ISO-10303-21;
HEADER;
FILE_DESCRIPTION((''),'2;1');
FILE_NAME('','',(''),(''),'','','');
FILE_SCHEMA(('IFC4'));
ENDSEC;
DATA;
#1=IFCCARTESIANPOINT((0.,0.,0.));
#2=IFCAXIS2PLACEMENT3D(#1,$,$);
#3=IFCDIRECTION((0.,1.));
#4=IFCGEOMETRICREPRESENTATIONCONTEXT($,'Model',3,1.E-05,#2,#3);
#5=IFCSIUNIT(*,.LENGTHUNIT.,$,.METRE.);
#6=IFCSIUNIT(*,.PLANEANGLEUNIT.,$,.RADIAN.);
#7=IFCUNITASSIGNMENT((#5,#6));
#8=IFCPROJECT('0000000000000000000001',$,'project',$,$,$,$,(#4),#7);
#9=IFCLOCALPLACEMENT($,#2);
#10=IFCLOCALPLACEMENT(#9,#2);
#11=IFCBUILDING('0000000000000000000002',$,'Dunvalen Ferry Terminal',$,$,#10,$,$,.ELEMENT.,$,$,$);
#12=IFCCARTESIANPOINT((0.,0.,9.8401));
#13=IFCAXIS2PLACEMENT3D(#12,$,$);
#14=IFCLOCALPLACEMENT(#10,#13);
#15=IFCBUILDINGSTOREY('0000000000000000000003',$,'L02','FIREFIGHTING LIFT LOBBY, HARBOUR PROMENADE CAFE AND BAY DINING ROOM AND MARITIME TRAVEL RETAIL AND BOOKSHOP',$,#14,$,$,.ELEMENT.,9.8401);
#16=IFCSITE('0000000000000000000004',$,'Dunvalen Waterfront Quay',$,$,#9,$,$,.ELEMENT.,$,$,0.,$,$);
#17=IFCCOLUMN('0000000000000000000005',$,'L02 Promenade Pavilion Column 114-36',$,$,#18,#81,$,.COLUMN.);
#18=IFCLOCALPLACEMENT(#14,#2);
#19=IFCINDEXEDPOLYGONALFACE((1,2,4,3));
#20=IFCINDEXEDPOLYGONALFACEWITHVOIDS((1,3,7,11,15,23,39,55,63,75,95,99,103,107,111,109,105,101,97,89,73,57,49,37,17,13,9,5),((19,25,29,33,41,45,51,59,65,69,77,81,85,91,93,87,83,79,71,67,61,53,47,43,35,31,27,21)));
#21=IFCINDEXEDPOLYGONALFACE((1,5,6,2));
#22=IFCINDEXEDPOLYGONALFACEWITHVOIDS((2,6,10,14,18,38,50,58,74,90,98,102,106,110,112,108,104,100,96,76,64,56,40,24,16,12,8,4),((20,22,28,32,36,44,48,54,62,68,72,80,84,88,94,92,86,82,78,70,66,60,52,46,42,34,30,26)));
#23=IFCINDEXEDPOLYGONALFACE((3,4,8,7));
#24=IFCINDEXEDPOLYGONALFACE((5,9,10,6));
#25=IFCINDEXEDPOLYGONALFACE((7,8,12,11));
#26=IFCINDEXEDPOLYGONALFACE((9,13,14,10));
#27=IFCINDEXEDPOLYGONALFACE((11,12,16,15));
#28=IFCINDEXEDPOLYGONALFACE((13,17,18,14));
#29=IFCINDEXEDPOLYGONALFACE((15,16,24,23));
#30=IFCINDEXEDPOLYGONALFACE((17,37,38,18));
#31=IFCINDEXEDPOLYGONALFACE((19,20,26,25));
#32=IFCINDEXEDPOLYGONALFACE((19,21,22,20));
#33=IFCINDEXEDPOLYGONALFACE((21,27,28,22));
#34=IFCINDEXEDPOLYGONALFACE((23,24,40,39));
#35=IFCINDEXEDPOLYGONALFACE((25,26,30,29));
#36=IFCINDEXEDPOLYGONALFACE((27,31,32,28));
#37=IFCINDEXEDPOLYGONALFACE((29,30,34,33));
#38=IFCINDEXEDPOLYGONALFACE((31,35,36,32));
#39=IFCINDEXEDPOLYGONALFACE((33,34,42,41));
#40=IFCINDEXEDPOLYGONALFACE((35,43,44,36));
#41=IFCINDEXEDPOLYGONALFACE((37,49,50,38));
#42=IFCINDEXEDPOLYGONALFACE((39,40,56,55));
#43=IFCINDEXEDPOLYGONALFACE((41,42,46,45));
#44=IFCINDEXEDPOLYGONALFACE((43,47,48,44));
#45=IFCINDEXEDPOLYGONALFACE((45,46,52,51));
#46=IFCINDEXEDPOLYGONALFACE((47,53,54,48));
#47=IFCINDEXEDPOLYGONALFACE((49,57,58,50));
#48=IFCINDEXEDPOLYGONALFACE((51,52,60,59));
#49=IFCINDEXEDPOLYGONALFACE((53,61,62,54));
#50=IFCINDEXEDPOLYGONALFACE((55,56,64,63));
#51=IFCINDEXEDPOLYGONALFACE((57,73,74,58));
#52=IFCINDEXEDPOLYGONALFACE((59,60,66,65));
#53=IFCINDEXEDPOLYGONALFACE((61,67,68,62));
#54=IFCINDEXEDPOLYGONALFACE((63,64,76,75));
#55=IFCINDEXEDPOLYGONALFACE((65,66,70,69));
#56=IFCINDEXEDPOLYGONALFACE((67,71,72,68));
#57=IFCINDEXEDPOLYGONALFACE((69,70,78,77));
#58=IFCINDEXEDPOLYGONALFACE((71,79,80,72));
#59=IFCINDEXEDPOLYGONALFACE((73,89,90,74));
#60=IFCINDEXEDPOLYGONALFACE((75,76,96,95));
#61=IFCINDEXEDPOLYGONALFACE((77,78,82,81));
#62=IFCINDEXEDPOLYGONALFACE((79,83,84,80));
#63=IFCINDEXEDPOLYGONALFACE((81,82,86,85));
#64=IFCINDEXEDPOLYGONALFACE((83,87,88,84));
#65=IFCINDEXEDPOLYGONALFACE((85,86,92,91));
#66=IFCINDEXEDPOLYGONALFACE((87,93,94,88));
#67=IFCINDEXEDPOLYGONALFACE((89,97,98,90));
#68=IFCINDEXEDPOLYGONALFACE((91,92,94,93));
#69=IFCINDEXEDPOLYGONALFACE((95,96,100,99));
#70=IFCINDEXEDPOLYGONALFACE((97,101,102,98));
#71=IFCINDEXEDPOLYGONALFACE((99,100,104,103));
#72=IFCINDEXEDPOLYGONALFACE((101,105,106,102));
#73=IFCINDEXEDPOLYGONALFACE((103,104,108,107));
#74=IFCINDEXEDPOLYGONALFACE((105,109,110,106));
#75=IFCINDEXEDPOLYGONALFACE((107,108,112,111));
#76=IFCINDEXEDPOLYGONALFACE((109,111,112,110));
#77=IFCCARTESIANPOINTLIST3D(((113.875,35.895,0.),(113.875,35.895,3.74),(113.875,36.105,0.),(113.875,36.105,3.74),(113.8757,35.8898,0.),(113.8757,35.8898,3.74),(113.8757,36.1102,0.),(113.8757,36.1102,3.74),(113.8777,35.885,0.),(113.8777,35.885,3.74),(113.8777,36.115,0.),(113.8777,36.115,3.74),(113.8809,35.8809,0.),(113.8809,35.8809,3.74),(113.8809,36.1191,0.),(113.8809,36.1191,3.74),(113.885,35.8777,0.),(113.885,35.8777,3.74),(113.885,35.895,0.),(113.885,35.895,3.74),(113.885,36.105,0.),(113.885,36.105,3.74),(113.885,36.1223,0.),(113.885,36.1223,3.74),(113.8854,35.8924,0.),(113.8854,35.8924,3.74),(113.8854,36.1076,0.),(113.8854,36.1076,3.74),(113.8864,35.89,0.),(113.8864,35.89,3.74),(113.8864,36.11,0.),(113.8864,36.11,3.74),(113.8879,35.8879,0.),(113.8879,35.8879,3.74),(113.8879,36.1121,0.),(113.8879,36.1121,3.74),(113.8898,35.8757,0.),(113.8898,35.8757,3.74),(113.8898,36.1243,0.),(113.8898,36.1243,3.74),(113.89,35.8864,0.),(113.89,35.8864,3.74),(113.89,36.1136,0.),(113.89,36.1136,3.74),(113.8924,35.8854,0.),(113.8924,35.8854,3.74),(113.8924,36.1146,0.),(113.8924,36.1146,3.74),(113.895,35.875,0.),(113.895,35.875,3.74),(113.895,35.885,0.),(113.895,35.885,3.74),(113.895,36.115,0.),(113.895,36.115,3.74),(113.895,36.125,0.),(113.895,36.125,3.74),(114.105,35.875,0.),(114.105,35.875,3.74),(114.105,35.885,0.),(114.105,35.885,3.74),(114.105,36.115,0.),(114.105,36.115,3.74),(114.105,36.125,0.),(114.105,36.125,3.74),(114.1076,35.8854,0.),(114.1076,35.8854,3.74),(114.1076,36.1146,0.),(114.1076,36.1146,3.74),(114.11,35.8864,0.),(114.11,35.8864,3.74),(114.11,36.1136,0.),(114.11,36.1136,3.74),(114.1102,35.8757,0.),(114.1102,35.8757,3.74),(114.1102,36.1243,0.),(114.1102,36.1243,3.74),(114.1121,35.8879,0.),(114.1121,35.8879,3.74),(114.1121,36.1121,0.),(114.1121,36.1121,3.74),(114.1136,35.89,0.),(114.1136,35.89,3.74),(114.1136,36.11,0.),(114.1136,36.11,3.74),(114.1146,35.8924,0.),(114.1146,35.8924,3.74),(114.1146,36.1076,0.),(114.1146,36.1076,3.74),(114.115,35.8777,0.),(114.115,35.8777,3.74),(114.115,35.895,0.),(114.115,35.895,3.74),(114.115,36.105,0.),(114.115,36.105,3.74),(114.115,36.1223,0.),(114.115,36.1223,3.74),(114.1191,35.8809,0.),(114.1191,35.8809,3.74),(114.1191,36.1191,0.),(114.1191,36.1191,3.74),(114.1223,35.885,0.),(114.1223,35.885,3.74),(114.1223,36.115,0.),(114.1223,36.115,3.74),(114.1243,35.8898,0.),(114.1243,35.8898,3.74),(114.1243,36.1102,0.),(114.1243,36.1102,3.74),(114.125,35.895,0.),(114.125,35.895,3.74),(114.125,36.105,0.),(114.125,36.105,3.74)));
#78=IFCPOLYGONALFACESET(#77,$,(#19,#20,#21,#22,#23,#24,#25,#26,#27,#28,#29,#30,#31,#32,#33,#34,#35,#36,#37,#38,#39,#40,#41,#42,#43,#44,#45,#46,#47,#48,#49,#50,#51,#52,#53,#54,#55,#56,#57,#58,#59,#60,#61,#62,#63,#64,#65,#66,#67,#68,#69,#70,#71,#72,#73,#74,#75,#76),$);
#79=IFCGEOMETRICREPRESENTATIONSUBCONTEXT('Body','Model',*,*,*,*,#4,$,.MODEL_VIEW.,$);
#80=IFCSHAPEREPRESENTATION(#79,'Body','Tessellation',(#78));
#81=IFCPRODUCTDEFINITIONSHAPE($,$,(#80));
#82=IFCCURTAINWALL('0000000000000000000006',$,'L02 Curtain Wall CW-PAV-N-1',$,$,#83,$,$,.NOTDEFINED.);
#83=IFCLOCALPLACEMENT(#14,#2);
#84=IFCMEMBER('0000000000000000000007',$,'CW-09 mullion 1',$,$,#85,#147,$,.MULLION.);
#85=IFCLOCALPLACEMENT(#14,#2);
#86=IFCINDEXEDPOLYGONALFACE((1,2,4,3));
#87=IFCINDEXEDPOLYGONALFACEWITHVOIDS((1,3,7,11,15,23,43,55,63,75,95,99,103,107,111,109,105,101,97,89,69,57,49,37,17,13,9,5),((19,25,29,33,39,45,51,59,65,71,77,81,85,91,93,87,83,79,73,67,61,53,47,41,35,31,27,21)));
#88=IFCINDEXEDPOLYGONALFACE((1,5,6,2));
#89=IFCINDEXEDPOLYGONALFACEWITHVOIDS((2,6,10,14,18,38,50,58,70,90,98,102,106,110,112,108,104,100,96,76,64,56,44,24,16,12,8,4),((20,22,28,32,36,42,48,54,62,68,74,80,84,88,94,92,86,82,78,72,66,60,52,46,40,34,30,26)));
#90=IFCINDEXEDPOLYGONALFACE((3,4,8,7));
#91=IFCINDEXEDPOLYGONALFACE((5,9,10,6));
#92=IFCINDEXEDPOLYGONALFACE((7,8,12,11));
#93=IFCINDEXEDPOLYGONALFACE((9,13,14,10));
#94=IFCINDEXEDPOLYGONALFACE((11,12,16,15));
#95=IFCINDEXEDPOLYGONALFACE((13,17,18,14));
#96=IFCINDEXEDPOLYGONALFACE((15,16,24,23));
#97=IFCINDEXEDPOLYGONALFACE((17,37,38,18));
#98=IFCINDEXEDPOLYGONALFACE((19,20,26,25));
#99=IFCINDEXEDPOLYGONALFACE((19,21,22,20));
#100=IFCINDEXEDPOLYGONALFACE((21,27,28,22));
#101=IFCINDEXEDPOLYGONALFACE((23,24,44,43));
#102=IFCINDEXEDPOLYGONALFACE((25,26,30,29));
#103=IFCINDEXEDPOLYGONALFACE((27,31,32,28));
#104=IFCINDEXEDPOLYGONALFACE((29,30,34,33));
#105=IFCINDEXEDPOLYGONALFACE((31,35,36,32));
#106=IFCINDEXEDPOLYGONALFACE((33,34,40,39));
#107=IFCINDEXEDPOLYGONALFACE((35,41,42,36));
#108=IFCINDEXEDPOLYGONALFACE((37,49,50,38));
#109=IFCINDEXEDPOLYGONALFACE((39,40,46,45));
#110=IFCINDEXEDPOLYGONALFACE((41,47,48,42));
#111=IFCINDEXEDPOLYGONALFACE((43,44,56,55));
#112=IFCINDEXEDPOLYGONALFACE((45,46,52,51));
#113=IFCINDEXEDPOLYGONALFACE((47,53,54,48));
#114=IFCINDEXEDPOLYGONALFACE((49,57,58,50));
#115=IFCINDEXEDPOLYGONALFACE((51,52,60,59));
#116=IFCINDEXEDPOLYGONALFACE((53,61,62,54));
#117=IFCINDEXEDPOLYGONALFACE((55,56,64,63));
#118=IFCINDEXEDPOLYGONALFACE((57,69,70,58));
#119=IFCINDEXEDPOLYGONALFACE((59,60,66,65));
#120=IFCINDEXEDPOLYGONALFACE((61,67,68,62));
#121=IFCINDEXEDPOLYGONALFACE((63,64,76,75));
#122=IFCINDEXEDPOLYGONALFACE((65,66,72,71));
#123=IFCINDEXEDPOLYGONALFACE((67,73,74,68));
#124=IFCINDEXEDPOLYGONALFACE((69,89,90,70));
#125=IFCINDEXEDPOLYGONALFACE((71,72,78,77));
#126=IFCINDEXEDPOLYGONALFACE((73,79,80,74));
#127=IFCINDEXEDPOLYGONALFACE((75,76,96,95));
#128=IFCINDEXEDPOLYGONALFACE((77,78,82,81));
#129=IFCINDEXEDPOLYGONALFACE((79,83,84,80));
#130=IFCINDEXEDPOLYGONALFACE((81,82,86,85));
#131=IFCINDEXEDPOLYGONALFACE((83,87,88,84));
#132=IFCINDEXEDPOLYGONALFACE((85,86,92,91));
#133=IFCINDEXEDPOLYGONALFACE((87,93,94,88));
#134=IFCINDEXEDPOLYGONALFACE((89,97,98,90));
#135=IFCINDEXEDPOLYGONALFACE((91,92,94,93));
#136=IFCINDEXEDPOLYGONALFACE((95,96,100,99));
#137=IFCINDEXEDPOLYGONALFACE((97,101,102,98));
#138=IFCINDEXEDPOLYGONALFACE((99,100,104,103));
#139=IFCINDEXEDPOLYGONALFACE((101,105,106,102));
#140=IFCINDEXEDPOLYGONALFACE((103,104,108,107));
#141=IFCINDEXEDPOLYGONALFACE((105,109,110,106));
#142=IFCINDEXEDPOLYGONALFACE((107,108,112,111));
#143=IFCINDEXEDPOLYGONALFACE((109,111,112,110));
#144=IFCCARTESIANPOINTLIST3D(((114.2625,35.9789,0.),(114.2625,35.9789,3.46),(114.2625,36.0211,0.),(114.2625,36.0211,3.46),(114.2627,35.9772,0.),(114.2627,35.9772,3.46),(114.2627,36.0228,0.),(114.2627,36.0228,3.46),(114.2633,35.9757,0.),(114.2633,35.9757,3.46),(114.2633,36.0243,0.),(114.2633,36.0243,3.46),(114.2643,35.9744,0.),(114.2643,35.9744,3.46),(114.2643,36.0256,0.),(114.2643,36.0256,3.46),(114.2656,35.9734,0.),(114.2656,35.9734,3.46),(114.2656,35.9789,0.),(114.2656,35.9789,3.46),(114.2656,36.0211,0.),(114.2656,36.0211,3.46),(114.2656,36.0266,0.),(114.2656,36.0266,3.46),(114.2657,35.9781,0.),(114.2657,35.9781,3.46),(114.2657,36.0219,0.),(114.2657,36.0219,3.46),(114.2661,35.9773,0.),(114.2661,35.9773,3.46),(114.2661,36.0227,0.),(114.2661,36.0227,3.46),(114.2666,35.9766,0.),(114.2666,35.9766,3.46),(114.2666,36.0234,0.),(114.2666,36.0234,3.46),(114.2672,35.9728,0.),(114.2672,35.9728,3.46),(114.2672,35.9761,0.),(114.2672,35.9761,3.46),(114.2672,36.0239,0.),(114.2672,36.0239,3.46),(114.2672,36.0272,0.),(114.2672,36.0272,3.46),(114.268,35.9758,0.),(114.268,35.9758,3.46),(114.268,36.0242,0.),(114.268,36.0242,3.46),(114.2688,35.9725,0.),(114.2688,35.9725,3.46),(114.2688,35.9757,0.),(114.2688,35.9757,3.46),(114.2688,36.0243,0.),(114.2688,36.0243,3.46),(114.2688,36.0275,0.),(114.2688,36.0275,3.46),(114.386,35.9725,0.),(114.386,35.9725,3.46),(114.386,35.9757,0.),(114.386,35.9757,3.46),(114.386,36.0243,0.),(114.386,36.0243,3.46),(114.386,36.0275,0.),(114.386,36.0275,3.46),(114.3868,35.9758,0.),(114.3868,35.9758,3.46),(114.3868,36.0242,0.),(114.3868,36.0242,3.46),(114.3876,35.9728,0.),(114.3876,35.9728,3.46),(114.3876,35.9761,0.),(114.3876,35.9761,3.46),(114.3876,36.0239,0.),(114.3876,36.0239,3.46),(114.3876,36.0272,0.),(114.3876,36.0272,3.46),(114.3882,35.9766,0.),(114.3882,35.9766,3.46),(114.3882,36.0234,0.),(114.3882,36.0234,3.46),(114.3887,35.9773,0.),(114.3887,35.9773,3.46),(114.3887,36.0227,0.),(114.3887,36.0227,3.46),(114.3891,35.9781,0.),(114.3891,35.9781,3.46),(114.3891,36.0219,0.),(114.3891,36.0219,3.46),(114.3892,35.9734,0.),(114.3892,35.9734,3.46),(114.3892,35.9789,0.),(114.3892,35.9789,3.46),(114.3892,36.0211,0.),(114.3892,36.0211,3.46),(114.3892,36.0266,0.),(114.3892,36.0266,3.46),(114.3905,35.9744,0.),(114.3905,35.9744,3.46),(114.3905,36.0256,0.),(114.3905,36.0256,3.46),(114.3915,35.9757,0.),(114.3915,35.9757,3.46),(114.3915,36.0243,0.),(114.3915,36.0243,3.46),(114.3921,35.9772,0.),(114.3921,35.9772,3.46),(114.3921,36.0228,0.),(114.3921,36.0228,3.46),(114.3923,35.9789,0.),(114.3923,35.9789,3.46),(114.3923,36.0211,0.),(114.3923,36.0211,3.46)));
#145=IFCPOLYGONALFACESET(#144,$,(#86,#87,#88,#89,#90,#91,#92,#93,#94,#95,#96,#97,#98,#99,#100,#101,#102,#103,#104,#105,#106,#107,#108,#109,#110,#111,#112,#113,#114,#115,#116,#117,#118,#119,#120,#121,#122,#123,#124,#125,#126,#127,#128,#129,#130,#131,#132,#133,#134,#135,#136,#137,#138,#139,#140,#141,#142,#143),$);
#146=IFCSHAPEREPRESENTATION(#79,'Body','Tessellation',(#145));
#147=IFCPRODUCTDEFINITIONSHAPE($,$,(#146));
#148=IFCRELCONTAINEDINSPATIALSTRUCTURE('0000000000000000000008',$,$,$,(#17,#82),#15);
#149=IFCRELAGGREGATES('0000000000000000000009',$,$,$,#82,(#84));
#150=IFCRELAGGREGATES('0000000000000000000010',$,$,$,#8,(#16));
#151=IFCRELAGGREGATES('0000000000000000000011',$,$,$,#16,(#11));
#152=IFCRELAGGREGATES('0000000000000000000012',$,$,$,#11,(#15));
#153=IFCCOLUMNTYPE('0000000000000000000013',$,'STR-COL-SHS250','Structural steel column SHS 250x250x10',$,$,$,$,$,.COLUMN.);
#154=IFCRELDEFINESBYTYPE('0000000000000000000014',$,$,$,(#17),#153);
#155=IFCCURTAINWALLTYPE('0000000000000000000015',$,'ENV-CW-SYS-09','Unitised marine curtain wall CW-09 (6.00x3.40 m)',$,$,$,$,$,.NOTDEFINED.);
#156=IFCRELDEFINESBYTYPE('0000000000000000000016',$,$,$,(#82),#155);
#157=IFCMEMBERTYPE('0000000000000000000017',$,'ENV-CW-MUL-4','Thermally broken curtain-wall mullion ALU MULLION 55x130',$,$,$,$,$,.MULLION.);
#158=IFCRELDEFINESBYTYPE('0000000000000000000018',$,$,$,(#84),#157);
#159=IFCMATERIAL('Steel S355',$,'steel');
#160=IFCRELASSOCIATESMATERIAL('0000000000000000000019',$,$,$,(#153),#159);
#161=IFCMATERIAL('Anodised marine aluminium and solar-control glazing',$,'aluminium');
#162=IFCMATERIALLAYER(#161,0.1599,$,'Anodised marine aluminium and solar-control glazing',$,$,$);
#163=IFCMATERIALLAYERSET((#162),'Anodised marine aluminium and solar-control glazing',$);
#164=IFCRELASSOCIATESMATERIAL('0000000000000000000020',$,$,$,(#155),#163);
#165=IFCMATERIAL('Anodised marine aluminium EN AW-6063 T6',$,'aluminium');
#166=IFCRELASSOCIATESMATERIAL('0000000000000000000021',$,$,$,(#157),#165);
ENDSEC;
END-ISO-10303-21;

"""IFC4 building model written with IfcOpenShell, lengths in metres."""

from ifc_helpers import new_model, si_unit, direction, frame, origin, origin_2d, place, context, subcontext, project, spatial, hollow_rectangle, extrude, material, layer, layer_set, material_profile, profile_set, type_object, element, aggregate, save


model = new_model("IFC4")

# Units and contexts
model_context = context("Model", 3, precision=1e-05, world=origin(), true_north=direction((0.0, 1.0)))
body_context = subcontext(model_context, "Body", "Model", "MODEL_VIEW")
ifc_project = project(units=[si_unit("LENGTHUNIT", "METRE"), si_unit("PLANEANGLEUNIT", "RADIAN")], contexts=[model_context])

# Site, building, storey
site_placement = place(None, origin())
site = spatial("IfcSite", under=ifc_project, at=site_placement, Name="Dunvalen Waterfront Quay", CompositionType="ELEMENT", RefElevation=0.0)
building_placement = place(site_placement, origin())
building = spatial("IfcBuilding", under=site, at=building_placement, Name="Dunvalen Ferry Terminal", CompositionType="ELEMENT")
storey_placement = place(building_placement, frame((0.0, 0.0, 9.8401)))
storey = spatial("IfcBuildingStorey", under=building, at=storey_placement, Name="L02", Description="FIREFIGHTING LIFT LOBBY, HARBOUR PROMENADE CAFE AND BAY DINING ROOM AND MARITIME TRAVEL RETAIL AND BOOKSHOP", CompositionType="ELEMENT", Elevation=9.8401)

# Column
ifc_material_1 = material(Name="Steel S355", Category="steel")
ifc_material_profile_1 = material_profile(ifc_material_1, hollow_rectangle(XDim=0.25, YDim=0.25, WallThickness=0.01, InnerFilletRadius=0.01, OuterFilletRadius=0.02, at=origin_2d()), Name="Steel S355")
ifc_profile_set_1 = profile_set([ifc_material_profile_1], Name="Steel S355")
column_type = type_object("IfcColumnType", Name="STR-COL-SHS250", Description="Structural steel column SHS 250x250x10", PredefinedType="COLUMN", material=ifc_profile_set_1)
column_placement = place(storey_placement, frame((114.0, 36.0, 0.0), z_axis=(0.0, 0.0, 1.0), x_axis=(1.0, 0.0, 0.0)))
element("IfcColumn", 1, at=column_placement, inside=storey, type_object=column_type, Name="L02 Promenade Pavilion Column 114-36", PredefinedType="COLUMN", context=body_context, shape_type="SweptSolid", body=[
    extrude(hollow_rectangle(XDim=0.25, YDim=0.25, WallThickness=0.01, InnerFilletRadius=0.01, OuterFilletRadius=0.02, at=origin_2d()), origin(), (0.0, 0.0, 1.0), 3.74),
])

# Curtain wall, member
ifc_material_2 = material(Name="Anodised marine aluminium and solar-control glazing", Category="aluminium")
ifc_layer_1 = layer(ifc_material_2, 0.1599, Name="Anodised marine aluminium and solar-control glazing")
ifc_layer_set_1 = layer_set([ifc_layer_1], Name="Anodised marine aluminium and solar-control glazing")
curtain_wall_type_1 = type_object("IfcCurtainWallType", Name="ENV-CW-SYS-09", Description="Unitised marine curtain wall CW-09 (6.00x3.40 m)", PredefinedType="NOTDEFINED", material=ifc_layer_set_1)
curtain_wall_1_placement = place(storey_placement, origin())
curtain_wall_1 = element("IfcCurtainWall", 2, at=curtain_wall_1_placement, inside=storey, type_object=curtain_wall_type_1, Name="L02 Curtain Wall CW-PAV-N-1", PredefinedType="NOTDEFINED")
ifc_material_3 = material(Name="Anodised marine aluminium EN AW-6063 T6", Category="aluminium")
ifc_material_profile_2 = material_profile(ifc_material_3, hollow_rectangle(XDim=0.0549, YDim=0.1299, WallThickness=0.0032, InnerFilletRadius=0.0032, OuterFilletRadius=0.0063, at=origin_2d()), Name="Anodised marine aluminium EN AW-6063 T6")
ifc_profile_set_2 = profile_set([ifc_material_profile_2], Name="Anodised marine aluminium EN AW-6063 T6")
member_type_1 = type_object("IfcMemberType", Name="ENV-CW-MUL-4", Description="Thermally broken curtain-wall mullion ALU MULLION 55x130", PredefinedType="MULLION", material=ifc_profile_set_2)
member_1_placement = place(storey_placement, frame((114.3274, 36.0, 0.0), z_axis=(0.0, 0.0, 1.0), x_axis=(0.0, 1.0, 0.0)))
member_1 = element("IfcMember", 3, at=member_1_placement, type_object=member_type_1, Name="CW-09 mullion 1", PredefinedType="MULLION", context=body_context, shape_type="SweptSolid", body=[
    extrude(hollow_rectangle(XDim=0.0549, YDim=0.1299, WallThickness=0.0032, InnerFilletRadius=0.0032, OuterFilletRadius=0.0063, at=origin_2d()), origin(), (0.0, 0.0, 1.0), 3.46),
])

aggregate(curtain_wall_1, [member_1])

save(model, "model.ifc")
